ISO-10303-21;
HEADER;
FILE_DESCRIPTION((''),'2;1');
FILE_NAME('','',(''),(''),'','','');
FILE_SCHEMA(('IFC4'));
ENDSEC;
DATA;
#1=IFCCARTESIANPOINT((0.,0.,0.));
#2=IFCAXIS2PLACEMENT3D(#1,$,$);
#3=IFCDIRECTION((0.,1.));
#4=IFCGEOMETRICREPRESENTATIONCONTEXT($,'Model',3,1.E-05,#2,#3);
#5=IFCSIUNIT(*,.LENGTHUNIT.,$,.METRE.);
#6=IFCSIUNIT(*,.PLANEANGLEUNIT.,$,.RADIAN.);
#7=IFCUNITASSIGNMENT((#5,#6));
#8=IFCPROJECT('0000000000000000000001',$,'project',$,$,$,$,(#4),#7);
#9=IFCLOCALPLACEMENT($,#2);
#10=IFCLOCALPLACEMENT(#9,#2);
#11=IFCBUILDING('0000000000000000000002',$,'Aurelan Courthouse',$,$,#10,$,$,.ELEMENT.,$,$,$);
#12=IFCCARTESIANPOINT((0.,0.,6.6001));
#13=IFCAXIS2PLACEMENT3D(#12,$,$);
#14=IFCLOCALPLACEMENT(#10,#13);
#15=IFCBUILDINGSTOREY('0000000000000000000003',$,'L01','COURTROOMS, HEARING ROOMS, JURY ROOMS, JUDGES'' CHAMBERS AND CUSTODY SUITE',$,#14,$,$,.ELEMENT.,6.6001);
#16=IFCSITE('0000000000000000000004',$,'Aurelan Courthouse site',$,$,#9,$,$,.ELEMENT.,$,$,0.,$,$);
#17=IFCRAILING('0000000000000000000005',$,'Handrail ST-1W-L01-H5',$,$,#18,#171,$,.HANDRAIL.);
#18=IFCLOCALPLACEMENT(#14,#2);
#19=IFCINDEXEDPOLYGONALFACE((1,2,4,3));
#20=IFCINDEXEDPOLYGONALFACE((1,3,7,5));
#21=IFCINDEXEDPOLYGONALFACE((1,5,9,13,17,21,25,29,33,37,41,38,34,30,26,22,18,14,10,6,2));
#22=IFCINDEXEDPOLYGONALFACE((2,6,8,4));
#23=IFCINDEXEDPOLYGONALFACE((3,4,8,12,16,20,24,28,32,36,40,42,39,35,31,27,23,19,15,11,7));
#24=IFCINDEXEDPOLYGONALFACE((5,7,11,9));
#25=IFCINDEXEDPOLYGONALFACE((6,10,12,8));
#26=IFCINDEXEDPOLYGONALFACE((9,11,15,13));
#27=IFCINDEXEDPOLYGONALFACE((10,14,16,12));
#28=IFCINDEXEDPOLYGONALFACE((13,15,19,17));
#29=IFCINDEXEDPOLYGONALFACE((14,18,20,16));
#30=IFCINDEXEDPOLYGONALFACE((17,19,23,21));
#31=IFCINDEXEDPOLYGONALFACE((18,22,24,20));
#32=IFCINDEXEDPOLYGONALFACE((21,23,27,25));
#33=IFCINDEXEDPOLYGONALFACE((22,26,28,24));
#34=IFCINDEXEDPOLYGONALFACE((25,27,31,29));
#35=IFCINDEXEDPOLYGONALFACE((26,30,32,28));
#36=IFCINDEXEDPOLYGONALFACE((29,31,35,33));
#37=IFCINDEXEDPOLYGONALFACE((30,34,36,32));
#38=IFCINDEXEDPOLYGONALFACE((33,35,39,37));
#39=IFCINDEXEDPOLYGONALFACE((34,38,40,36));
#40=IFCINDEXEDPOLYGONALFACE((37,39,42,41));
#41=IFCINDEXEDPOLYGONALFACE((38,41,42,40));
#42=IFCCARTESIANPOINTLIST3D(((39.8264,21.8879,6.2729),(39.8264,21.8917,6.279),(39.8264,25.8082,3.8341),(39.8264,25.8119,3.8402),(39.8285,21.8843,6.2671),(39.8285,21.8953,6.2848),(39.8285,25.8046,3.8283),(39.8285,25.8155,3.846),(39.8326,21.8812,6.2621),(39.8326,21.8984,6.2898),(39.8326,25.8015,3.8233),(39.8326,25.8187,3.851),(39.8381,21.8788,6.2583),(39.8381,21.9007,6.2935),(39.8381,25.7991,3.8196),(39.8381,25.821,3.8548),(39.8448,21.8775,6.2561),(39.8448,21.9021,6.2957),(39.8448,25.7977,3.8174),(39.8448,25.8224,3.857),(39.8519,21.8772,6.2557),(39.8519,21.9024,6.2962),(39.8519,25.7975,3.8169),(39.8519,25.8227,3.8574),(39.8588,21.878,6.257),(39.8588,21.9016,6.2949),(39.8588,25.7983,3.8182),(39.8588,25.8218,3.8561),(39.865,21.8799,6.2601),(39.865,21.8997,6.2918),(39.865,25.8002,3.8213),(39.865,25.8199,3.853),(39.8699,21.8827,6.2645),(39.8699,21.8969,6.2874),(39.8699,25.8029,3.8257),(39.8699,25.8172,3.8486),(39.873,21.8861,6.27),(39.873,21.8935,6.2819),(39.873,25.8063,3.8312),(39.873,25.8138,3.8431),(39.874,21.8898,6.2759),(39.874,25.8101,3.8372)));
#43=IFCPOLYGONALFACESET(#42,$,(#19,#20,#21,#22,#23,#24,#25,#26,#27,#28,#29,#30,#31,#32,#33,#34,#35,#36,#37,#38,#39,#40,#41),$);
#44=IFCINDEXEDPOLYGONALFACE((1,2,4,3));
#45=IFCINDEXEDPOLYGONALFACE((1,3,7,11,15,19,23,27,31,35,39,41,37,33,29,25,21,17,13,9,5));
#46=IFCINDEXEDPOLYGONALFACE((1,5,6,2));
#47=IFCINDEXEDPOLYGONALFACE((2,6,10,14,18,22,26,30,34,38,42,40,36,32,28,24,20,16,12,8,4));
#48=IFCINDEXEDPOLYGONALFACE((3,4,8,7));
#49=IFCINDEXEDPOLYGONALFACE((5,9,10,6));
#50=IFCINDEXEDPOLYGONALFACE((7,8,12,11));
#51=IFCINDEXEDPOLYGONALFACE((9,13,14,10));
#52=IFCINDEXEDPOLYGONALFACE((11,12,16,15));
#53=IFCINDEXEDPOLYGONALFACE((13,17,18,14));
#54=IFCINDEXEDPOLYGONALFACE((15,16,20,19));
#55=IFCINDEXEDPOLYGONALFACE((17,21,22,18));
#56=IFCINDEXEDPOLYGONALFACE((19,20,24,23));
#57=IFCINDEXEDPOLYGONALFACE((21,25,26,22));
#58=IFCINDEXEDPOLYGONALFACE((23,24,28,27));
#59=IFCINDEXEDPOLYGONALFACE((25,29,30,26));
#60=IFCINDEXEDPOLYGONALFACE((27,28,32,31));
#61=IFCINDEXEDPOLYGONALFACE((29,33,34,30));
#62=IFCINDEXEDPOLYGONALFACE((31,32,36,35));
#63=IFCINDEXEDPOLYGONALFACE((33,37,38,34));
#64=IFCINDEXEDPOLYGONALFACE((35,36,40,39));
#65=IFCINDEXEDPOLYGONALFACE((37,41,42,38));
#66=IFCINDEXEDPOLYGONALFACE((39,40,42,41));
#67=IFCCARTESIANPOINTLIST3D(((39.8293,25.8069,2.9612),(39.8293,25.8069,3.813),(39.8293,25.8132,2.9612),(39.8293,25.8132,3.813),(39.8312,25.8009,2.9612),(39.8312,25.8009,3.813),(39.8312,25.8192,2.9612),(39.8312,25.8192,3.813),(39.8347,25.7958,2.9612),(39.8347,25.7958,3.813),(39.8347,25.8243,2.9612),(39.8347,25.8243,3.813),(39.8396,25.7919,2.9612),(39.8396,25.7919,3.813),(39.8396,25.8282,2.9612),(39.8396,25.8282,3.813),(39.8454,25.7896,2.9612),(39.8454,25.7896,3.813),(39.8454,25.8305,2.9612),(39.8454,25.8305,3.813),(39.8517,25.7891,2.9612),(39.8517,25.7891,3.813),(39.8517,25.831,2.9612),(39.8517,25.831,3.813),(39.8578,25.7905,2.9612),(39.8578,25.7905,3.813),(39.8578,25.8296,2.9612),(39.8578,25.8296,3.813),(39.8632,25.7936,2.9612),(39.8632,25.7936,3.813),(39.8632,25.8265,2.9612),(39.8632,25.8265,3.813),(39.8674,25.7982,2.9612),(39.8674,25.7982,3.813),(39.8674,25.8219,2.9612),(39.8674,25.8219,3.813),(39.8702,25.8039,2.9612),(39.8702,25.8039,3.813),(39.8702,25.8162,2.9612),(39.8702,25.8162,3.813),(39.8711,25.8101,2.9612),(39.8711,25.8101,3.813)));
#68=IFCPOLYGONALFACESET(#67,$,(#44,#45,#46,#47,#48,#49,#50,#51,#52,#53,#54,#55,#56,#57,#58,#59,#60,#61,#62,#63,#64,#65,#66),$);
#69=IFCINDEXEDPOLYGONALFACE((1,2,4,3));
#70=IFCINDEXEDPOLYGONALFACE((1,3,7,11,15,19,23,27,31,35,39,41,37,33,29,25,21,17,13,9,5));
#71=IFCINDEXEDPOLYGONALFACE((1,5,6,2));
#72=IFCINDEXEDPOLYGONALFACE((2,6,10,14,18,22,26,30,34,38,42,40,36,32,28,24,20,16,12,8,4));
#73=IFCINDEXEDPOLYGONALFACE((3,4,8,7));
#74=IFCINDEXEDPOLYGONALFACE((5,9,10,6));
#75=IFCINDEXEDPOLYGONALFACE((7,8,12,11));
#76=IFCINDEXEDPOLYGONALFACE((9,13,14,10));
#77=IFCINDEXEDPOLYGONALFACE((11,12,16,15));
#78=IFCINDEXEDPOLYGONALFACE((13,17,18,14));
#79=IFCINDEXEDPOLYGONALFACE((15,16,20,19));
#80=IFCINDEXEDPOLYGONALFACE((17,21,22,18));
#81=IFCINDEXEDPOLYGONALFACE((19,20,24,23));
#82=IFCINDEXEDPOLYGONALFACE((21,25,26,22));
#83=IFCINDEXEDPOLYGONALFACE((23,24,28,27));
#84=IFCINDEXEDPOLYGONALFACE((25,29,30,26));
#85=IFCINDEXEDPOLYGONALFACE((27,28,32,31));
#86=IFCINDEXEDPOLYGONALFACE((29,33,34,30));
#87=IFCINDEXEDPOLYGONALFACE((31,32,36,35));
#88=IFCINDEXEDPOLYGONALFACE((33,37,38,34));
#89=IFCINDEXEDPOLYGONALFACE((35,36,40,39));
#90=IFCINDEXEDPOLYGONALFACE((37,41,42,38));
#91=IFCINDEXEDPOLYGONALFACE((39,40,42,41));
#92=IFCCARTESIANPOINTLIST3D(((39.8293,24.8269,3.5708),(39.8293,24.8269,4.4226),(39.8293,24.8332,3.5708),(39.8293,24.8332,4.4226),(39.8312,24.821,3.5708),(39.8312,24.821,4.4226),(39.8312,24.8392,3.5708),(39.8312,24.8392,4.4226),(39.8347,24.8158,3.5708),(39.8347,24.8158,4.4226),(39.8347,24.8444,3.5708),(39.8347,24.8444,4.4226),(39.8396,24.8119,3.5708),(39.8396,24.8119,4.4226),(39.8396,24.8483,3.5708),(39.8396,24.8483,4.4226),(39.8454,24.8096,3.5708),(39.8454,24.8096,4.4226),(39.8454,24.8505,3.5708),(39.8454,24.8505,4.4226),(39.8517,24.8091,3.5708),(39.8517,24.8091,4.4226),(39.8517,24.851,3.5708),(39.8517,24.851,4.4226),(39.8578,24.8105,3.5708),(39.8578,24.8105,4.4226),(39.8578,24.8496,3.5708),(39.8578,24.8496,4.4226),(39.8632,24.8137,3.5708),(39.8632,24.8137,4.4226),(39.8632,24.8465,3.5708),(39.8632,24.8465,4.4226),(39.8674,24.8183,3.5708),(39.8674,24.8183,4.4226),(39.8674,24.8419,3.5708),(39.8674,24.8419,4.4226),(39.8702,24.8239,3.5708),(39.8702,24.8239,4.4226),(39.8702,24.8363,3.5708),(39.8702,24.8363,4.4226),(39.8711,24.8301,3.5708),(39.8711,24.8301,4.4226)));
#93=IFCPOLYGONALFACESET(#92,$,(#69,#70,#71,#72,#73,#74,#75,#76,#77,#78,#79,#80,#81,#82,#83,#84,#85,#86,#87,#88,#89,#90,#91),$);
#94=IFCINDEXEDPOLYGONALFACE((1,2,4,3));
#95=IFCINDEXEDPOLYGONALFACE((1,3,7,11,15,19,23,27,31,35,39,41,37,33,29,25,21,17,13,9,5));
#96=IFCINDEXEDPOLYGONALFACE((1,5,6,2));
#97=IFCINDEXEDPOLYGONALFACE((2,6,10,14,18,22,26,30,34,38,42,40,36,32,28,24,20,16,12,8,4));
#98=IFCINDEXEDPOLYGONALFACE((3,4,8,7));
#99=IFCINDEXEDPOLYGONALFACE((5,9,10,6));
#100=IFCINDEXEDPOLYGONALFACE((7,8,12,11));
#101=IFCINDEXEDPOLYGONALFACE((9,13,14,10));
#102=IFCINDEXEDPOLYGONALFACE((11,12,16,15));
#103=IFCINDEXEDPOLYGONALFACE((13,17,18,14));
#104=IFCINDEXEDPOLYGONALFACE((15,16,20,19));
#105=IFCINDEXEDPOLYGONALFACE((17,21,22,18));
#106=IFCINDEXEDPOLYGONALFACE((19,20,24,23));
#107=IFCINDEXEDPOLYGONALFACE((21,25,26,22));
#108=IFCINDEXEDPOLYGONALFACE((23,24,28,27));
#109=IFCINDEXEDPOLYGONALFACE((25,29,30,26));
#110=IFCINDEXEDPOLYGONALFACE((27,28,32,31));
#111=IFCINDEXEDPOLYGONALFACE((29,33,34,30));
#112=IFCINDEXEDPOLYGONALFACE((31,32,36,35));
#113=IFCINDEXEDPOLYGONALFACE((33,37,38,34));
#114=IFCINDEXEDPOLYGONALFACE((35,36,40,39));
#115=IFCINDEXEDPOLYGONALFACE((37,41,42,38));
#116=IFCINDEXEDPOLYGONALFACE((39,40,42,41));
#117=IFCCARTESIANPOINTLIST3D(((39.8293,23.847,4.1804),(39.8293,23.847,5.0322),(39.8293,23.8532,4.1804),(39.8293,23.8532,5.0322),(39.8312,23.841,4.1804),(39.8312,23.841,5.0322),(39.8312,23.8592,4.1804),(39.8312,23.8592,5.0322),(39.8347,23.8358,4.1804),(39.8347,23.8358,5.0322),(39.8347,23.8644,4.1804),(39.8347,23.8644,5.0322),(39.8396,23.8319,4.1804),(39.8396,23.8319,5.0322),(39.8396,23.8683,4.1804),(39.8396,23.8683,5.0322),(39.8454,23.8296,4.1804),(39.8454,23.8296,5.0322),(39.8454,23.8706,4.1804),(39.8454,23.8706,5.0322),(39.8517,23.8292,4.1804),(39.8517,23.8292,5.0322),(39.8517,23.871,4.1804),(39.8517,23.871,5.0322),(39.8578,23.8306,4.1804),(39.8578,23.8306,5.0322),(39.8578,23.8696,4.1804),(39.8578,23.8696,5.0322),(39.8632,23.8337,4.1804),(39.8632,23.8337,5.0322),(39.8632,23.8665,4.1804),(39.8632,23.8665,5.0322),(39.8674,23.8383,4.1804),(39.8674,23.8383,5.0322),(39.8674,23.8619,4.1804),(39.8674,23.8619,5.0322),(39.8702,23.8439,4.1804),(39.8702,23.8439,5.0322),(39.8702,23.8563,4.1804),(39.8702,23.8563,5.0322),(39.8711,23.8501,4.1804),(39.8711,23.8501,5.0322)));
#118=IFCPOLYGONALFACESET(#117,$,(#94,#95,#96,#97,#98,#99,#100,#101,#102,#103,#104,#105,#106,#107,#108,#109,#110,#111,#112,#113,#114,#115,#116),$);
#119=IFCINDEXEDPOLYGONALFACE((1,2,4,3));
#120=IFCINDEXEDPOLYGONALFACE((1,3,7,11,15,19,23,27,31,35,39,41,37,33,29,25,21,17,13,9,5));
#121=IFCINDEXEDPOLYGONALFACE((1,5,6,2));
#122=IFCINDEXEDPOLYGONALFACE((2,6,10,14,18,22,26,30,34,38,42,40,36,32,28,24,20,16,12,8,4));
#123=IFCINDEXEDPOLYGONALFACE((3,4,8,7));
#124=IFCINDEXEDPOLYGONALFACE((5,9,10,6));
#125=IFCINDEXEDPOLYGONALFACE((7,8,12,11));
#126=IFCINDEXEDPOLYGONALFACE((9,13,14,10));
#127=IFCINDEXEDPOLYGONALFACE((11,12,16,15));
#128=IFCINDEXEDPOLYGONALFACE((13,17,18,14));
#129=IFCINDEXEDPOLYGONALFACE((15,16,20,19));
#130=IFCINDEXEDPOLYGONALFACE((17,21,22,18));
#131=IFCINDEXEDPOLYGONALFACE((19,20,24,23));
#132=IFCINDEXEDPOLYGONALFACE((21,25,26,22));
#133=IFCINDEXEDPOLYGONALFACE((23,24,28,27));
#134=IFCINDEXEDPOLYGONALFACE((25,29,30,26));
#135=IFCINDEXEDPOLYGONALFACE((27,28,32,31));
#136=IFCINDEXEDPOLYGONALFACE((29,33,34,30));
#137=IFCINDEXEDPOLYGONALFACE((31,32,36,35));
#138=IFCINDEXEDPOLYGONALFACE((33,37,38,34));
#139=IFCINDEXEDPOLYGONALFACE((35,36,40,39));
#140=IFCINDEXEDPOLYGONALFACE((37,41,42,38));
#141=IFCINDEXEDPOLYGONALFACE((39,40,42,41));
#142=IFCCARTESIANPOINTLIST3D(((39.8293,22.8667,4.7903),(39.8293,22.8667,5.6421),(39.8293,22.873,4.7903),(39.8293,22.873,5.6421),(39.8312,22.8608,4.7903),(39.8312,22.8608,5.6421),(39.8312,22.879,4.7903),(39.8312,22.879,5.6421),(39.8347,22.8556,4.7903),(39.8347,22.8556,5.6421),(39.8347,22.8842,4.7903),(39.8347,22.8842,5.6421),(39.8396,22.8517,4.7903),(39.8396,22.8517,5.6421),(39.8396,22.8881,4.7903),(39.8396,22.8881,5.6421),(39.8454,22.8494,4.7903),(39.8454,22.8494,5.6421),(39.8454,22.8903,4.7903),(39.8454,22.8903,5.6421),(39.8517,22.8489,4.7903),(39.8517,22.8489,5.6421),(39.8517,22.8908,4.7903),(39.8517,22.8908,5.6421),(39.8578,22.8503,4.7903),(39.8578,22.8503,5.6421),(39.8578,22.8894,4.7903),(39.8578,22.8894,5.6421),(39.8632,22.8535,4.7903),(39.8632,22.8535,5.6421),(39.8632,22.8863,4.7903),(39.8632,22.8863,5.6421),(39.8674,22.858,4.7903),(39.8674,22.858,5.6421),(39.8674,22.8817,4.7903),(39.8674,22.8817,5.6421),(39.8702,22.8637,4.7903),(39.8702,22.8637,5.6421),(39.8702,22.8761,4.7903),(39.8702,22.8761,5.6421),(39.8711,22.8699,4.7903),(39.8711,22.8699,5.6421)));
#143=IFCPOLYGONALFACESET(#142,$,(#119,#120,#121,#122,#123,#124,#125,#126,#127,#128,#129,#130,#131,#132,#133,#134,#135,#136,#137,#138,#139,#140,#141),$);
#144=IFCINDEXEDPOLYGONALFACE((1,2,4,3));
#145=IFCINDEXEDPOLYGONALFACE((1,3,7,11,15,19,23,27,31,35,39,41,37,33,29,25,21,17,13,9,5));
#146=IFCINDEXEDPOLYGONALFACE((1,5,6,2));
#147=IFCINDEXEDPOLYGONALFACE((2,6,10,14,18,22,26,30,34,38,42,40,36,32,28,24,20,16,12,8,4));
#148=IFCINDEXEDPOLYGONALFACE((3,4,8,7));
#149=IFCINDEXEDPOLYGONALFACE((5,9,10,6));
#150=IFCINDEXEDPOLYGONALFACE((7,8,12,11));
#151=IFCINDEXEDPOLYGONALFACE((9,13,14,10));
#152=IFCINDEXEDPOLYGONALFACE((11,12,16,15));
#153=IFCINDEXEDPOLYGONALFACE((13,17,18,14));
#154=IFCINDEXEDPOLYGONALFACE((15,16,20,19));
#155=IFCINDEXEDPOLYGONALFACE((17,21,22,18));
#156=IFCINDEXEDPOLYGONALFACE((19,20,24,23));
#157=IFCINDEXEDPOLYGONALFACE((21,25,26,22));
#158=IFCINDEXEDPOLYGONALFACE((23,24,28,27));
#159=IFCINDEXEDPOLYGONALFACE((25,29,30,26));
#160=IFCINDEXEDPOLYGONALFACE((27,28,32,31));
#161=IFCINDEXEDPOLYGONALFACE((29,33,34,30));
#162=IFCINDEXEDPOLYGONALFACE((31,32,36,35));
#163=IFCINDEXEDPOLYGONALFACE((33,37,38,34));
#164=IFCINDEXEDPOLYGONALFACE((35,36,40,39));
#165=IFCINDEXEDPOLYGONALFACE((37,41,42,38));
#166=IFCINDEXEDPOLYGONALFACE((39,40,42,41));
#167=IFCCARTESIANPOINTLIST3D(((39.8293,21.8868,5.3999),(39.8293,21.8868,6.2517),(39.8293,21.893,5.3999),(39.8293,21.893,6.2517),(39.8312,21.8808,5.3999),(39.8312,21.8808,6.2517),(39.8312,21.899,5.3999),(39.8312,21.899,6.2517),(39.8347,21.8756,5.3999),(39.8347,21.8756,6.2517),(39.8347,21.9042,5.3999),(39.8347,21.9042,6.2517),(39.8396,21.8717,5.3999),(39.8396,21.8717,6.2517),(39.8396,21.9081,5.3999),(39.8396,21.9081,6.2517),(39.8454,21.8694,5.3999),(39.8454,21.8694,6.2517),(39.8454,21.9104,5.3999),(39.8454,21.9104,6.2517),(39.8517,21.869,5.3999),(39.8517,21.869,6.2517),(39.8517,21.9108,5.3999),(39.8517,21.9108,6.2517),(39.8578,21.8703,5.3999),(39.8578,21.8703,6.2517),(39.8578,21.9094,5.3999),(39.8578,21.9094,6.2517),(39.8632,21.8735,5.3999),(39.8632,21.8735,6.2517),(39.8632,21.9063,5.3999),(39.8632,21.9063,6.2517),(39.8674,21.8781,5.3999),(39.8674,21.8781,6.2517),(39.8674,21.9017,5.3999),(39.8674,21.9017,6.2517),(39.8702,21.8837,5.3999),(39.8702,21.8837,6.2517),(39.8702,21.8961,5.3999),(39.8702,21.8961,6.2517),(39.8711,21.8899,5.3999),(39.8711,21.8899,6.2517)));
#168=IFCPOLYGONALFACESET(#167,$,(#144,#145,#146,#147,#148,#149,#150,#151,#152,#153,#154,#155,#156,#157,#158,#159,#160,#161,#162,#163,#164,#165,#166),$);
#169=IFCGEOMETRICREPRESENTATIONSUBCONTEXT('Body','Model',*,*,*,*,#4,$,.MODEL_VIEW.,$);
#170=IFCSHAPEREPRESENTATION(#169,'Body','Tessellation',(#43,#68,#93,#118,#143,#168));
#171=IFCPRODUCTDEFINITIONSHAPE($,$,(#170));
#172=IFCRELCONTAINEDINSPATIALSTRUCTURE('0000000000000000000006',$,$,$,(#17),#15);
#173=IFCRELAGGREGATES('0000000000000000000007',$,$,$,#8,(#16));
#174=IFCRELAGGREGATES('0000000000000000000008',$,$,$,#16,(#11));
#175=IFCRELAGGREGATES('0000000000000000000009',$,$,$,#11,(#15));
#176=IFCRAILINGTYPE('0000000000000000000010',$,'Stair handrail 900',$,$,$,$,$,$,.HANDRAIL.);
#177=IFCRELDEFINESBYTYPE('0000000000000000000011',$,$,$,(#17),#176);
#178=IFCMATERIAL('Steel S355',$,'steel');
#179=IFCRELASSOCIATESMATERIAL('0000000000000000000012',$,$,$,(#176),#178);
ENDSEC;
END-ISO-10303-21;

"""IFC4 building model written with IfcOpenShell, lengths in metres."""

from ifc_helpers import new_model, si_unit, direction, frame, origin, origin_2d, place, context, subcontext, project, spatial, circle, extrude, material, type_object, element, save


model = new_model("IFC4")

# Units and contexts
model_context = context("Model", 3, precision=1e-05, world=origin(), true_north=direction((0.0, 1.0)))
body_context = subcontext(model_context, "Body", "Model", "MODEL_VIEW")
ifc_project = project(units=[si_unit("LENGTHUNIT", "METRE"), si_unit("PLANEANGLEUNIT", "RADIAN")], contexts=[model_context])

# Site, building, storey
site_placement = place(None, origin())
site = spatial("IfcSite", under=ifc_project, at=site_placement, Name="Aurelan Courthouse site", CompositionType="ELEMENT", RefElevation=0.0)
building_placement = place(site_placement, origin())
building = spatial("IfcBuilding", under=site, at=building_placement, Name="Aurelan Courthouse", CompositionType="ELEMENT")
storey_placement = place(building_placement, frame((0.0, 0.0, 6.6001)))
storey = spatial("IfcBuildingStorey", under=building, at=storey_placement, Name="L01", Description="COURTROOMS, HEARING ROOMS, JURY ROOMS, JUDGES' CHAMBERS AND CUSTODY SUITE", CompositionType="ELEMENT", Elevation=6.6001)

# Railing
ifc_material_1 = material(Name="Steel S355", Category="steel")
railing_type_1 = type_object("IfcRailingType", Name="Stair handrail 900", PredefinedType="HANDRAIL", material=ifc_material_1)
for number, where, name in (
    (1, (39.8501, 25.8101, 2.9612), "Handrail ST-1W-L01-H5"),
):
    element("IfcRailing", number, at=place(storey_placement, frame(where)), inside=storey, type_object=railing_type_1, Name=name, PredefinedType="HANDRAIL", context=body_context, shape_type="SweptSolid", body=[
        extrude(circle(Radius=0.0239, at=origin_2d()), frame((0.0, 0.0, 0.876), z_axis=(0.0, -0.849105, 0.528225), x_axis=(1.0, 0.0, 0.0)), (0.0, 0.0, 1.0), 4.6169),
        extrude(circle(Radius=0.021, at=origin_2d()), origin(), (0.0, 0.0, 1.0), 0.8518),
        extrude(circle(Radius=0.021, at=origin_2d()), frame((0.0, -0.98, 0.6096)), (0.0, 0.0, 1.0), 0.8518),
        extrude(circle(Radius=0.021, at=origin_2d()), frame((0.0, -1.96, 1.2192)), (0.0, 0.0, 1.0), 0.8518),
        extrude(circle(Radius=0.021, at=origin_2d()), frame((0.0, -2.9402, 1.8291)), (0.0, 0.0, 1.0), 0.8518),
        extrude(circle(Radius=0.021, at=origin_2d()), frame((0.0, -3.9202, 2.4387)), (0.0, 0.0, 1.0), 0.8518),
    ])

save(model, "model.ifc")
